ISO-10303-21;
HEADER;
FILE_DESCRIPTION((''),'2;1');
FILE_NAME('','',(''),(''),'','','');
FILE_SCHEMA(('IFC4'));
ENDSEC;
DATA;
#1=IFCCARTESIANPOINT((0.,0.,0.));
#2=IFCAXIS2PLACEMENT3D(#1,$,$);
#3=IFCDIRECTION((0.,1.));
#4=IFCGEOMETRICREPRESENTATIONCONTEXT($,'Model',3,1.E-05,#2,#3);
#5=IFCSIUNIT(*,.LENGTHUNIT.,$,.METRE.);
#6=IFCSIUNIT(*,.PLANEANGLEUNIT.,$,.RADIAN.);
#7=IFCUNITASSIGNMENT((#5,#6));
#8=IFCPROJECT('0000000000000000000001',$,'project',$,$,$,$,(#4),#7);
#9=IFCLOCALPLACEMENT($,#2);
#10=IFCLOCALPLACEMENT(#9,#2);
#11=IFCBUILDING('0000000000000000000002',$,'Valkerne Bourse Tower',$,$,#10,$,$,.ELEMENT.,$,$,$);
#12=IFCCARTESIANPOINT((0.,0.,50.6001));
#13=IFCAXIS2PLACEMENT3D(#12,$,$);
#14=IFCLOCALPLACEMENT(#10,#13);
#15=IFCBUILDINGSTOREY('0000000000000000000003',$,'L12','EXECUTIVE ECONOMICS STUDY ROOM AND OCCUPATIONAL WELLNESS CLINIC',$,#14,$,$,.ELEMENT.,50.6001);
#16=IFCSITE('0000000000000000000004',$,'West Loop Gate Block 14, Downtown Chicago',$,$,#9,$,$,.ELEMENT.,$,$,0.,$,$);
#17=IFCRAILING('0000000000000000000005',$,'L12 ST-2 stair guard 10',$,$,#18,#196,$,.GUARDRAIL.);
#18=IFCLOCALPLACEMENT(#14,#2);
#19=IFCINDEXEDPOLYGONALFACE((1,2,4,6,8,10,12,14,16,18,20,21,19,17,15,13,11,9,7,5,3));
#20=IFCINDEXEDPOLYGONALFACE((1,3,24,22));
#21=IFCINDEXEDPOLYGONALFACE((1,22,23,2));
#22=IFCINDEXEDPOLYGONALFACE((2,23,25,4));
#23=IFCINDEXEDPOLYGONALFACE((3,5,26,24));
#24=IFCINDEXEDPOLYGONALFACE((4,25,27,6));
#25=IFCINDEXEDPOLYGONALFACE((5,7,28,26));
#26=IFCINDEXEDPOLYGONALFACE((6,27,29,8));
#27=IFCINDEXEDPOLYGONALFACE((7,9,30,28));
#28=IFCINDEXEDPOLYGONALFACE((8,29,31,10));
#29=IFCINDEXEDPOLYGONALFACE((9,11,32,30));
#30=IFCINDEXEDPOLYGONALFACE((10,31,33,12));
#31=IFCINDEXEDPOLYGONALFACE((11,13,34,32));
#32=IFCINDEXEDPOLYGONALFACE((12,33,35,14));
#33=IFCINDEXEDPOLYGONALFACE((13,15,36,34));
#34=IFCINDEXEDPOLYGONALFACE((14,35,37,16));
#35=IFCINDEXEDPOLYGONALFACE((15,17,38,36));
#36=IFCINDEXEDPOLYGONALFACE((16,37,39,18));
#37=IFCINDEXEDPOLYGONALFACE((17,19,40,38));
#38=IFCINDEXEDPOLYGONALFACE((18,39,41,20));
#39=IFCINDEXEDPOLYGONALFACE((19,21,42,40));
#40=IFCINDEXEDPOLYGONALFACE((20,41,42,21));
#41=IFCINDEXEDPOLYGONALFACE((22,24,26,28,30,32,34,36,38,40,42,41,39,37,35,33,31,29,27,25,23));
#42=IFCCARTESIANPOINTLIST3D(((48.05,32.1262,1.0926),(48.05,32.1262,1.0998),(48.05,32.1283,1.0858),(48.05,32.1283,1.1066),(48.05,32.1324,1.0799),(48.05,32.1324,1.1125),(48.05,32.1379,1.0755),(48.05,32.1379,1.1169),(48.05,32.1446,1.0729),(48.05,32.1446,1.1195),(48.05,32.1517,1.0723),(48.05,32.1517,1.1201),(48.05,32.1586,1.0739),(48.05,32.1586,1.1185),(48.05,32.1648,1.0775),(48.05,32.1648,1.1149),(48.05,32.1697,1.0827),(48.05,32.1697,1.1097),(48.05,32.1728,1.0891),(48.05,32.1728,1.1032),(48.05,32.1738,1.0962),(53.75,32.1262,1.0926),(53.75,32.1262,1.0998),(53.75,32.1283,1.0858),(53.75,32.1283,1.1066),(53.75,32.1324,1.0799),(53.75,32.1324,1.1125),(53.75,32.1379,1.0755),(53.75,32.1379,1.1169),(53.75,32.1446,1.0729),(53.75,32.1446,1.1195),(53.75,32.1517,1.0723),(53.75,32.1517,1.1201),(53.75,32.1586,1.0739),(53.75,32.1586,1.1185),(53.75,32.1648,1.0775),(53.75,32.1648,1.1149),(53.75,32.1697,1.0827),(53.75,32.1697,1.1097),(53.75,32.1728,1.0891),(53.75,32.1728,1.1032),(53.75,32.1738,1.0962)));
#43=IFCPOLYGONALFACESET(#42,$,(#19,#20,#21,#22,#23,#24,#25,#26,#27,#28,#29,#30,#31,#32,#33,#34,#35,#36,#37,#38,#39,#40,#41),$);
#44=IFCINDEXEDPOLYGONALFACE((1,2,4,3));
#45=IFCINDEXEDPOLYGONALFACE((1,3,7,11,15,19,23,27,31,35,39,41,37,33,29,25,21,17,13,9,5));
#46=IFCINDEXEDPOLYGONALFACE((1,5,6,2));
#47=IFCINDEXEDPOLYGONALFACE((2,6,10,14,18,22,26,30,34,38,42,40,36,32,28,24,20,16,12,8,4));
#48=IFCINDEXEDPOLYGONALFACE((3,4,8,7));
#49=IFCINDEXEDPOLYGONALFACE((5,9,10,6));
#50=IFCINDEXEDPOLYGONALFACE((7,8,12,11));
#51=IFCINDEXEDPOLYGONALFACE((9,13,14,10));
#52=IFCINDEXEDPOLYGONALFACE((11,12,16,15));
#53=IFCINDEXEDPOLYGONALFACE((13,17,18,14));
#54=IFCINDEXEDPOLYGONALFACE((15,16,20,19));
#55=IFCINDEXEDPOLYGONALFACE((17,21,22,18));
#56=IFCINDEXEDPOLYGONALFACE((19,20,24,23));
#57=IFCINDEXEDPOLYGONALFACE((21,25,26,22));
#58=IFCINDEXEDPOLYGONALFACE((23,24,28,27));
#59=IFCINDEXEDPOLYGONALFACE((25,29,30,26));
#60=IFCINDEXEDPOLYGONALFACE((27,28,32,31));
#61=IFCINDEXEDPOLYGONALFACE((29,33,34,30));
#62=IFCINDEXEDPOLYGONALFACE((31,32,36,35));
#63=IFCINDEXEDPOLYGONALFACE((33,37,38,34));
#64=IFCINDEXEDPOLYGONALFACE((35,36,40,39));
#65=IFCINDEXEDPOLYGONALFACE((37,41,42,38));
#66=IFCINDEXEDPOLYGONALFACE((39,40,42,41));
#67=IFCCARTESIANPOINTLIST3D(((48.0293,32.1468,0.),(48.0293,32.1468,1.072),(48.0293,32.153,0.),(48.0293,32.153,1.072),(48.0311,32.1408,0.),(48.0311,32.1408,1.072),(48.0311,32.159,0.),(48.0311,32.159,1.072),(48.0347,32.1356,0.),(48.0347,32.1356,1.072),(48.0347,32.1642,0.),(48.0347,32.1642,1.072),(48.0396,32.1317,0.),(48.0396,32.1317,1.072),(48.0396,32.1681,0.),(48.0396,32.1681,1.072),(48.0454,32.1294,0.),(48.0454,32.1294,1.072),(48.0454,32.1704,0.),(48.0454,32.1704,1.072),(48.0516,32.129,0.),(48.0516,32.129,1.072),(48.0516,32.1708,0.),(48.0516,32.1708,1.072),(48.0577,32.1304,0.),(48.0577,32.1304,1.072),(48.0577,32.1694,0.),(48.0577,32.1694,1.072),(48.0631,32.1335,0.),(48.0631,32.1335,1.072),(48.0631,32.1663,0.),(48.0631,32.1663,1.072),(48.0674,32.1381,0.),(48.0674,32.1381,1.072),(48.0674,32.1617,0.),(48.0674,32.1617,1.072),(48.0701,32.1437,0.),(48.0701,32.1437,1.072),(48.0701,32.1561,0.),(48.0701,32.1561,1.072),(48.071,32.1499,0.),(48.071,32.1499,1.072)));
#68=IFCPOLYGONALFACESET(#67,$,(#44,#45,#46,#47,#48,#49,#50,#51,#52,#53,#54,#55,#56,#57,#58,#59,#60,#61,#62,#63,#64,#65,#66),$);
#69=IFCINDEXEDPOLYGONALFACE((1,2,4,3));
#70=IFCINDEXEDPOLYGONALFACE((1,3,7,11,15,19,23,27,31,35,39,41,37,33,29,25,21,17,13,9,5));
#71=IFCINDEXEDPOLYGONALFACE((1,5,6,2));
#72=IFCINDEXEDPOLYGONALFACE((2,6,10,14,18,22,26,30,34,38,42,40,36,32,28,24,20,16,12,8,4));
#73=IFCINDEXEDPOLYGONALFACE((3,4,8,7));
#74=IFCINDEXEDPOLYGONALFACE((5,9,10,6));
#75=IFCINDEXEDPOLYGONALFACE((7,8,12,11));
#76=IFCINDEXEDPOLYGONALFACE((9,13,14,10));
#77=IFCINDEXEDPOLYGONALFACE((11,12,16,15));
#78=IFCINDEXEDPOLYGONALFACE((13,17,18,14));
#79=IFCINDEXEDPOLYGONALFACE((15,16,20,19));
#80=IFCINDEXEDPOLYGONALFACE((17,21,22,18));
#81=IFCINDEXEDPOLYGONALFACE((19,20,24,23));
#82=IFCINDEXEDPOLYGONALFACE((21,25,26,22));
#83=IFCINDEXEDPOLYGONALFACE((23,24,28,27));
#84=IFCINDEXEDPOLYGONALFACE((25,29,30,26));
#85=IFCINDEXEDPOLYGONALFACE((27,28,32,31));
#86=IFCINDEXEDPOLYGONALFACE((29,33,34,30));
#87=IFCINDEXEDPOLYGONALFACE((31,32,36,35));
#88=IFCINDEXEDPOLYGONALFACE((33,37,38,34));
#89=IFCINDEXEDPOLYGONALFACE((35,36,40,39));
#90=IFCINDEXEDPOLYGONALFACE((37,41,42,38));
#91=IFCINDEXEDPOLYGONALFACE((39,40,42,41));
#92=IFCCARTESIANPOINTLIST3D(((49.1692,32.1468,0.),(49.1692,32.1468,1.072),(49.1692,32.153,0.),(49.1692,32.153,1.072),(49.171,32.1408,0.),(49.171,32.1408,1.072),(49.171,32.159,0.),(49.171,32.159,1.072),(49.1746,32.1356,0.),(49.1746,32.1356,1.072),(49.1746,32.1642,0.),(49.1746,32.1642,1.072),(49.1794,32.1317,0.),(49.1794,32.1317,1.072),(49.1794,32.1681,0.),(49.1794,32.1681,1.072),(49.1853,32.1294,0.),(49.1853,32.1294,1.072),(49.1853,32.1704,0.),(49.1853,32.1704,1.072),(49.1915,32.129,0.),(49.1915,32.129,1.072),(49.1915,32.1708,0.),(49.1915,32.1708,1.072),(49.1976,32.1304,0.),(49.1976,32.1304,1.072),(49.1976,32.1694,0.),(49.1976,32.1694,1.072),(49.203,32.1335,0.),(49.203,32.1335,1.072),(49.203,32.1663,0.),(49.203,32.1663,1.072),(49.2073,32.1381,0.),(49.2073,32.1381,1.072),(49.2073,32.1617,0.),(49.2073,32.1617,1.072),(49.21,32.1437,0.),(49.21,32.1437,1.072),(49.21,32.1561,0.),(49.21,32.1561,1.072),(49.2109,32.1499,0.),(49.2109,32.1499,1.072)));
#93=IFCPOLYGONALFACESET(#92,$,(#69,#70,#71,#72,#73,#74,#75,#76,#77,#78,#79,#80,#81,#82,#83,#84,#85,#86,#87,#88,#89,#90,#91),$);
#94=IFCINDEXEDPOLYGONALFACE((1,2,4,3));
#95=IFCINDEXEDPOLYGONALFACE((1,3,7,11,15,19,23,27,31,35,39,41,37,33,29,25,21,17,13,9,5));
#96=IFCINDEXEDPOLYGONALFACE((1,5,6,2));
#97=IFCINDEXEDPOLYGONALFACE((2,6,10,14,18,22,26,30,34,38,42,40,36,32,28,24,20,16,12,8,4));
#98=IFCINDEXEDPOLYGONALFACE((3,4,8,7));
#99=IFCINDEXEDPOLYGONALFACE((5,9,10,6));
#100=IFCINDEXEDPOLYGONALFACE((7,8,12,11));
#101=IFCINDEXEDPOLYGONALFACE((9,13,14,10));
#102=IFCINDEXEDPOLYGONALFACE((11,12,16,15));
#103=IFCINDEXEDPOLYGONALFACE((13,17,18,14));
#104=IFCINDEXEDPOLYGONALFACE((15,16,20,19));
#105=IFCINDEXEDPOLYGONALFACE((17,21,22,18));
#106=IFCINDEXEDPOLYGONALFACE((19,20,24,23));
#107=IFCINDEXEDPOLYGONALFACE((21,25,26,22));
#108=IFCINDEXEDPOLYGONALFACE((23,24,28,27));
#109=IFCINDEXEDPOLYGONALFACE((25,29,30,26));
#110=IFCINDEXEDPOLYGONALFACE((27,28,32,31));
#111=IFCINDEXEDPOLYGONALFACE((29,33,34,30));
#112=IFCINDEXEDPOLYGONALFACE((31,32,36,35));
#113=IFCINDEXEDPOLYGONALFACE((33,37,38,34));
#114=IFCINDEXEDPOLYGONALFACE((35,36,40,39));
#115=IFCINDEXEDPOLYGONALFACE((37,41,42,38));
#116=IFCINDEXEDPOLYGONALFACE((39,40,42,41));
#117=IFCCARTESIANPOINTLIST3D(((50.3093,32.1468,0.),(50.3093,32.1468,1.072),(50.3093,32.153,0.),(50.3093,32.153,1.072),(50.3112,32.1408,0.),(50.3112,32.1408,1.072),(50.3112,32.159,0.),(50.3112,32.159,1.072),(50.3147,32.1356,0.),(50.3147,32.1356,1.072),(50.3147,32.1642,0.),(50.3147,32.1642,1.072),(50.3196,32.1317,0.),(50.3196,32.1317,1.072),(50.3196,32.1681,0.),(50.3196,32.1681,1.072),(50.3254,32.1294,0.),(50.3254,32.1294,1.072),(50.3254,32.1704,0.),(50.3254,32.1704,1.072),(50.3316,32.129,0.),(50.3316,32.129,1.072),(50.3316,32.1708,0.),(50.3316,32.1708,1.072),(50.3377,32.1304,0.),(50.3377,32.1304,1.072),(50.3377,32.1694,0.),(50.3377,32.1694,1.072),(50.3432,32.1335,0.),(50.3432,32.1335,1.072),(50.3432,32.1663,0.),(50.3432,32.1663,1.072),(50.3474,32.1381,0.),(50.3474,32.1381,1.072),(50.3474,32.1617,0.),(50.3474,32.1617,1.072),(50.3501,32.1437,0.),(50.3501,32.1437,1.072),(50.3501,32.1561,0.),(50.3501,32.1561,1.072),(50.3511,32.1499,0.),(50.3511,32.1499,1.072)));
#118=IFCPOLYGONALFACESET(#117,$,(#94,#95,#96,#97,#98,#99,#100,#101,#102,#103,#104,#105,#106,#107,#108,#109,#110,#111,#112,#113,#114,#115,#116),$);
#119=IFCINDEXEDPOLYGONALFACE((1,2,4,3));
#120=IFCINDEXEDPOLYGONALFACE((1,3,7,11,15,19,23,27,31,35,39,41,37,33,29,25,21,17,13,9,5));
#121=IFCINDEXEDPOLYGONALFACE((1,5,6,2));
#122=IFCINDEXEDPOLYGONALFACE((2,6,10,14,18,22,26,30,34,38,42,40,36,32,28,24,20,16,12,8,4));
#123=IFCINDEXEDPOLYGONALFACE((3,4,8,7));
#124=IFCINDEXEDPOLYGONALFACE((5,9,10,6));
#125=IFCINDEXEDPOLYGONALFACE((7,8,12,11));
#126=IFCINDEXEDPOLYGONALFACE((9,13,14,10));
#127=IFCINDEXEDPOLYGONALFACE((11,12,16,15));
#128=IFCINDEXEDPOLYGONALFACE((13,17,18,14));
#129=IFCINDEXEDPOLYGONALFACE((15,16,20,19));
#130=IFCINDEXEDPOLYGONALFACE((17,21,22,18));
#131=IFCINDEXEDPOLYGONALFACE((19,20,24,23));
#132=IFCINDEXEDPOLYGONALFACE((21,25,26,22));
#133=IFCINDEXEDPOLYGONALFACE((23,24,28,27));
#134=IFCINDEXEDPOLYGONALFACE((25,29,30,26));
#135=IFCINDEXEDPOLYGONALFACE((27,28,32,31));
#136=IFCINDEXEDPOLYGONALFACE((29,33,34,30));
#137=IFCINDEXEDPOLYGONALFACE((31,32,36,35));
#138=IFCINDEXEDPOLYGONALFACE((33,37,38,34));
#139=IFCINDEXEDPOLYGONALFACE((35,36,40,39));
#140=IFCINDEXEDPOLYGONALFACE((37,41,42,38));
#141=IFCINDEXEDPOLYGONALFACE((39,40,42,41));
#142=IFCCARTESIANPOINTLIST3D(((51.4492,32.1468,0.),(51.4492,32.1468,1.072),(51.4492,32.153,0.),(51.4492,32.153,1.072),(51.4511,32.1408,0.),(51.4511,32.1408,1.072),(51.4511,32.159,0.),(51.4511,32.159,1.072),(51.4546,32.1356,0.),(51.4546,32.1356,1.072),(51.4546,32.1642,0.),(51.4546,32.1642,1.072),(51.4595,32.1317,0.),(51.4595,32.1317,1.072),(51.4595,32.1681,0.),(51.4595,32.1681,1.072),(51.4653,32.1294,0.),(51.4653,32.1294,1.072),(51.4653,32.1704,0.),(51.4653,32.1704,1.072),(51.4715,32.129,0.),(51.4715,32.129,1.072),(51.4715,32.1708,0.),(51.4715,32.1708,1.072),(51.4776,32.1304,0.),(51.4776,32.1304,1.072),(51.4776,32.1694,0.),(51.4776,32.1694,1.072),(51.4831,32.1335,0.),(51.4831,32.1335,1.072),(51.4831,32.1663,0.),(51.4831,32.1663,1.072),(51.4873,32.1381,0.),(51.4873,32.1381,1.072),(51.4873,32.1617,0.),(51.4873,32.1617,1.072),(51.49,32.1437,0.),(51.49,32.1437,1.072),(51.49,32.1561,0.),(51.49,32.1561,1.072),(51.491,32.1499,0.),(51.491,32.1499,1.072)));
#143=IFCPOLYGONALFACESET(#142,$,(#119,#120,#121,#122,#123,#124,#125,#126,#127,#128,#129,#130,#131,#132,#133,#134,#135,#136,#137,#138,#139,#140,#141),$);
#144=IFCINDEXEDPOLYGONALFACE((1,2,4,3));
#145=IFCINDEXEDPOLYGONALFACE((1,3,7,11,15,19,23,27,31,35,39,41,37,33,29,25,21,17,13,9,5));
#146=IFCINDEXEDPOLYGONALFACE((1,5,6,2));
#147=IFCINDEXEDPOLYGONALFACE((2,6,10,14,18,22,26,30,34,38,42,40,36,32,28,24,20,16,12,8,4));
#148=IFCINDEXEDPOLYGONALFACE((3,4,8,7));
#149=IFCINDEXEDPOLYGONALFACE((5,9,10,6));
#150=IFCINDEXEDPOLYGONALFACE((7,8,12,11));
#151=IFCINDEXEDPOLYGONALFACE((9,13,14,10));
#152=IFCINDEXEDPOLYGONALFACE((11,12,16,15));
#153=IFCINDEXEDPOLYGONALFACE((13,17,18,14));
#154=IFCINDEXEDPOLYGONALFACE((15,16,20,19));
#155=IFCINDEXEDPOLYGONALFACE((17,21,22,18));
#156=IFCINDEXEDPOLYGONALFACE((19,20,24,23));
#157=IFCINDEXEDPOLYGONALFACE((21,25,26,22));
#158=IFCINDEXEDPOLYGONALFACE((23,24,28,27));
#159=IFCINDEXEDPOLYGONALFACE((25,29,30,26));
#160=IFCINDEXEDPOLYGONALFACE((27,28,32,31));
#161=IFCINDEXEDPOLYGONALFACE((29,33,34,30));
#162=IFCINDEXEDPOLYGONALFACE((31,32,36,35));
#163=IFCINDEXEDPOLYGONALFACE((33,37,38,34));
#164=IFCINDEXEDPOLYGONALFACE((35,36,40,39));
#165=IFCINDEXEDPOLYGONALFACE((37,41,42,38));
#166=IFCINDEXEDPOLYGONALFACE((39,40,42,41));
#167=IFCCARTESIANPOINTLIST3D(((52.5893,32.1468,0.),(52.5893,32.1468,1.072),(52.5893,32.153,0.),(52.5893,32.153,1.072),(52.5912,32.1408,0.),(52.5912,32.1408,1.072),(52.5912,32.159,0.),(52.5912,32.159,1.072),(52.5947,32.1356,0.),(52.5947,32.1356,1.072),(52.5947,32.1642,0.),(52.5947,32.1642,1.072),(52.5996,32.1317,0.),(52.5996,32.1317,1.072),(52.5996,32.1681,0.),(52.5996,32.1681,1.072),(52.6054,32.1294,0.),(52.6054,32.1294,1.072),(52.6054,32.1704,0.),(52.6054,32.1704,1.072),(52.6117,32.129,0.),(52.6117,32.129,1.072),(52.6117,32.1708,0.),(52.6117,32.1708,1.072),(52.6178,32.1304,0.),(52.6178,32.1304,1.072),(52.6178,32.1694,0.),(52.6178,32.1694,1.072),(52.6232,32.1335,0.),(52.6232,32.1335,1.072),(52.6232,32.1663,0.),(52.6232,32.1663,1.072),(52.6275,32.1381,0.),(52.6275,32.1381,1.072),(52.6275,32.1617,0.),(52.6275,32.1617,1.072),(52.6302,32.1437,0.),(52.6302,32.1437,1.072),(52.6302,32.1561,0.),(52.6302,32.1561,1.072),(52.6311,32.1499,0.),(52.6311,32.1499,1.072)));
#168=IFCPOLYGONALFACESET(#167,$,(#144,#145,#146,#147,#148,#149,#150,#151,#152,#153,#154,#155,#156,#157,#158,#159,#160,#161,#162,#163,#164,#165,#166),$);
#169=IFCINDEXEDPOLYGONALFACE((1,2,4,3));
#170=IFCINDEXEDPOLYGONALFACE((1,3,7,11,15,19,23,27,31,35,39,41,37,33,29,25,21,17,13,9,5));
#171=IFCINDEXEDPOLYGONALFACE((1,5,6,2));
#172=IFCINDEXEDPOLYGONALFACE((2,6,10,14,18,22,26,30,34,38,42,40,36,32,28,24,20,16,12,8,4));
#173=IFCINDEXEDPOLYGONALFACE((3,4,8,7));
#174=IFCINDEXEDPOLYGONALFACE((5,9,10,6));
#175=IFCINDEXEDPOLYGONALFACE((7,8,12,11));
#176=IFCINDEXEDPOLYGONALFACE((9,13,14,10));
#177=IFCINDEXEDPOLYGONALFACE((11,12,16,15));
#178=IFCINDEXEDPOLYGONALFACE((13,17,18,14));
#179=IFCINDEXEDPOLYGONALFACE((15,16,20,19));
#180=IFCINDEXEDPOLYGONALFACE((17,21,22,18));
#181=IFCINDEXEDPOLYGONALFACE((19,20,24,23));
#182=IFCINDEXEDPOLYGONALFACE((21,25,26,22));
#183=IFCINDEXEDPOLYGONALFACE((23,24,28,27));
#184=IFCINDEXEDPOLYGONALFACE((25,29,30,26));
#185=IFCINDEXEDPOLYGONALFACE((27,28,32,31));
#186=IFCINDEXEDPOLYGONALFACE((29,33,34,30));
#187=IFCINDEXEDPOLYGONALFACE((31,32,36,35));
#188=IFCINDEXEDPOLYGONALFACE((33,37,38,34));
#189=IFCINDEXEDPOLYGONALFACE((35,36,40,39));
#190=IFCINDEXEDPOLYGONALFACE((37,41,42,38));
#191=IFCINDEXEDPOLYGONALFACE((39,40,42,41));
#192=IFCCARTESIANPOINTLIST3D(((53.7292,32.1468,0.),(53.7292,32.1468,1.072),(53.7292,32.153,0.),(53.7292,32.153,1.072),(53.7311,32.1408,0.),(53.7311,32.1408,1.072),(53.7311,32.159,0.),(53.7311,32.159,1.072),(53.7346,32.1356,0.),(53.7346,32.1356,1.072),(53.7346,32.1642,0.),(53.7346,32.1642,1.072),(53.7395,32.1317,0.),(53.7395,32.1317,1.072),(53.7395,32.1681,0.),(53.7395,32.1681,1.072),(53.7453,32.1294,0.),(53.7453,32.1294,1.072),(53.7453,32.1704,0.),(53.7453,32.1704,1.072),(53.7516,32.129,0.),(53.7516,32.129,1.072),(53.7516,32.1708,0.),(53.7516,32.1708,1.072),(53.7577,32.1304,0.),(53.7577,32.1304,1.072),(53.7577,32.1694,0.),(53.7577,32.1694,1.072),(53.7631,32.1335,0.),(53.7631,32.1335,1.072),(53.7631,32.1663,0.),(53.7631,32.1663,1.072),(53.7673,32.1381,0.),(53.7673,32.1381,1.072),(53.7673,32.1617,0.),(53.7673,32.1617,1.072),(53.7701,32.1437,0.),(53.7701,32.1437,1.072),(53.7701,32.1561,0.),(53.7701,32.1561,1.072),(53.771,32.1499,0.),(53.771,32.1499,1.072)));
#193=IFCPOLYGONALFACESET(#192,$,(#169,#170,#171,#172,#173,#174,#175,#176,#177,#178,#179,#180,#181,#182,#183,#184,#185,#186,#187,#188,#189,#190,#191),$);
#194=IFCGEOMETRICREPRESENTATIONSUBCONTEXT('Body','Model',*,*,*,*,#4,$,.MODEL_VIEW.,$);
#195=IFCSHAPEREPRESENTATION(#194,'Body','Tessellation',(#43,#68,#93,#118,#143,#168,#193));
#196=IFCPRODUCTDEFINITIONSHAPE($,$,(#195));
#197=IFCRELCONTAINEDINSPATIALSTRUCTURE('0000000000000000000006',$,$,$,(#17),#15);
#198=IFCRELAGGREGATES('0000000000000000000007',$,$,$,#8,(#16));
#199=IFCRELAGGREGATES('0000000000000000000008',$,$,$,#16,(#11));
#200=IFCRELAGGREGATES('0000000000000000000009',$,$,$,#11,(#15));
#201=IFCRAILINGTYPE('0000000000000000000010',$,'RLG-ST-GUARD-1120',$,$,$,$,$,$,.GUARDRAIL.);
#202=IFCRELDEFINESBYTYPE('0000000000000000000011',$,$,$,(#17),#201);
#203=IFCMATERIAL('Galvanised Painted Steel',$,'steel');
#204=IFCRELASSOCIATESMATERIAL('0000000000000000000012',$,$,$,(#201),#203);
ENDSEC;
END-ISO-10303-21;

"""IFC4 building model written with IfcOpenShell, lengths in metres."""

from ifc_helpers import new_model, si_unit, direction, frame, origin, origin_2d, place, context, subcontext, project, spatial, circle, extrude, material, type_object, element, save


model = new_model("IFC4")

# Units and contexts
model_context = context("Model", 3, precision=1e-05, world=origin(), true_north=direction((0.0, 1.0)))
body_context = subcontext(model_context, "Body", "Model", "MODEL_VIEW")
ifc_project = project(units=[si_unit("LENGTHUNIT", "METRE"), si_unit("PLANEANGLEUNIT", "RADIAN")], contexts=[model_context])

# Site, building, storey
site_placement = place(None, origin())
site = spatial("IfcSite", under=ifc_project, at=site_placement, Name="West Loop Gate Block 14, Downtown Chicago", CompositionType="ELEMENT", RefElevation=0.0)
building_placement = place(site_placement, origin())
building = spatial("IfcBuilding", under=site, at=building_placement, Name="Valkerne Bourse Tower", CompositionType="ELEMENT")
storey_placement = place(building_placement, frame((0.0, 0.0, 50.6001)))
storey = spatial("IfcBuildingStorey", under=building, at=storey_placement, Name="L12", Description="EXECUTIVE ECONOMICS STUDY ROOM AND OCCUPATIONAL WELLNESS CLINIC", CompositionType="ELEMENT", Elevation=50.6001)

# Shared definitions
ifc_material_1 = material(Name="Galvanised Painted Steel", Category="steel")

# Railing
railing_type_1 = type_object("IfcRailingType", Name="RLG-ST-GUARD-1120", PredefinedType="GUARDRAIL", material=ifc_material_1)
for number, where, name in (
    (1, (48.05, 32.1499, 0.0), "L12 ST-2 stair guard 10"),
):
    element("IfcRailing", number, at=place(storey_placement, frame(where)), inside=storey, type_object=railing_type_1, Name=name, PredefinedType="GUARDRAIL", context=body_context, shape_type="SweptSolid", body=[
        extrude(circle(Radius=0.0239, at=origin_2d()), frame((0.0, 0.0, 1.0962), z_axis=(1.0, 0.0, 0.0), x_axis=(0.0, 1.0, 0.0)), (0.0, 0.0, 1.0), 5.7),
        extrude(circle(Radius=0.021, at=origin_2d()), origin(), (0.0, 0.0, 1.0), 1.072),
        extrude(circle(Radius=0.021, at=origin_2d()), frame((1.1399, 0.0, 0.0)), (0.0, 0.0, 1.0), 1.072),
        extrude(circle(Radius=0.021, at=origin_2d()), frame((2.28, 0.0, 0.0)), (0.0, 0.0, 1.0), 1.072),
        extrude(circle(Radius=0.021, at=origin_2d()), frame((3.4199, 0.0, 0.0)), (0.0, 0.0, 1.0), 1.072),
        extrude(circle(Radius=0.021, at=origin_2d()), frame((4.5601, 0.0, 0.0)), (0.0, 0.0, 1.0), 1.072),
        extrude(circle(Radius=0.021, at=origin_2d()), frame((5.7, 0.0, 0.0)), (0.0, 0.0, 1.0), 1.072),
    ])

save(model, "model.ifc")
